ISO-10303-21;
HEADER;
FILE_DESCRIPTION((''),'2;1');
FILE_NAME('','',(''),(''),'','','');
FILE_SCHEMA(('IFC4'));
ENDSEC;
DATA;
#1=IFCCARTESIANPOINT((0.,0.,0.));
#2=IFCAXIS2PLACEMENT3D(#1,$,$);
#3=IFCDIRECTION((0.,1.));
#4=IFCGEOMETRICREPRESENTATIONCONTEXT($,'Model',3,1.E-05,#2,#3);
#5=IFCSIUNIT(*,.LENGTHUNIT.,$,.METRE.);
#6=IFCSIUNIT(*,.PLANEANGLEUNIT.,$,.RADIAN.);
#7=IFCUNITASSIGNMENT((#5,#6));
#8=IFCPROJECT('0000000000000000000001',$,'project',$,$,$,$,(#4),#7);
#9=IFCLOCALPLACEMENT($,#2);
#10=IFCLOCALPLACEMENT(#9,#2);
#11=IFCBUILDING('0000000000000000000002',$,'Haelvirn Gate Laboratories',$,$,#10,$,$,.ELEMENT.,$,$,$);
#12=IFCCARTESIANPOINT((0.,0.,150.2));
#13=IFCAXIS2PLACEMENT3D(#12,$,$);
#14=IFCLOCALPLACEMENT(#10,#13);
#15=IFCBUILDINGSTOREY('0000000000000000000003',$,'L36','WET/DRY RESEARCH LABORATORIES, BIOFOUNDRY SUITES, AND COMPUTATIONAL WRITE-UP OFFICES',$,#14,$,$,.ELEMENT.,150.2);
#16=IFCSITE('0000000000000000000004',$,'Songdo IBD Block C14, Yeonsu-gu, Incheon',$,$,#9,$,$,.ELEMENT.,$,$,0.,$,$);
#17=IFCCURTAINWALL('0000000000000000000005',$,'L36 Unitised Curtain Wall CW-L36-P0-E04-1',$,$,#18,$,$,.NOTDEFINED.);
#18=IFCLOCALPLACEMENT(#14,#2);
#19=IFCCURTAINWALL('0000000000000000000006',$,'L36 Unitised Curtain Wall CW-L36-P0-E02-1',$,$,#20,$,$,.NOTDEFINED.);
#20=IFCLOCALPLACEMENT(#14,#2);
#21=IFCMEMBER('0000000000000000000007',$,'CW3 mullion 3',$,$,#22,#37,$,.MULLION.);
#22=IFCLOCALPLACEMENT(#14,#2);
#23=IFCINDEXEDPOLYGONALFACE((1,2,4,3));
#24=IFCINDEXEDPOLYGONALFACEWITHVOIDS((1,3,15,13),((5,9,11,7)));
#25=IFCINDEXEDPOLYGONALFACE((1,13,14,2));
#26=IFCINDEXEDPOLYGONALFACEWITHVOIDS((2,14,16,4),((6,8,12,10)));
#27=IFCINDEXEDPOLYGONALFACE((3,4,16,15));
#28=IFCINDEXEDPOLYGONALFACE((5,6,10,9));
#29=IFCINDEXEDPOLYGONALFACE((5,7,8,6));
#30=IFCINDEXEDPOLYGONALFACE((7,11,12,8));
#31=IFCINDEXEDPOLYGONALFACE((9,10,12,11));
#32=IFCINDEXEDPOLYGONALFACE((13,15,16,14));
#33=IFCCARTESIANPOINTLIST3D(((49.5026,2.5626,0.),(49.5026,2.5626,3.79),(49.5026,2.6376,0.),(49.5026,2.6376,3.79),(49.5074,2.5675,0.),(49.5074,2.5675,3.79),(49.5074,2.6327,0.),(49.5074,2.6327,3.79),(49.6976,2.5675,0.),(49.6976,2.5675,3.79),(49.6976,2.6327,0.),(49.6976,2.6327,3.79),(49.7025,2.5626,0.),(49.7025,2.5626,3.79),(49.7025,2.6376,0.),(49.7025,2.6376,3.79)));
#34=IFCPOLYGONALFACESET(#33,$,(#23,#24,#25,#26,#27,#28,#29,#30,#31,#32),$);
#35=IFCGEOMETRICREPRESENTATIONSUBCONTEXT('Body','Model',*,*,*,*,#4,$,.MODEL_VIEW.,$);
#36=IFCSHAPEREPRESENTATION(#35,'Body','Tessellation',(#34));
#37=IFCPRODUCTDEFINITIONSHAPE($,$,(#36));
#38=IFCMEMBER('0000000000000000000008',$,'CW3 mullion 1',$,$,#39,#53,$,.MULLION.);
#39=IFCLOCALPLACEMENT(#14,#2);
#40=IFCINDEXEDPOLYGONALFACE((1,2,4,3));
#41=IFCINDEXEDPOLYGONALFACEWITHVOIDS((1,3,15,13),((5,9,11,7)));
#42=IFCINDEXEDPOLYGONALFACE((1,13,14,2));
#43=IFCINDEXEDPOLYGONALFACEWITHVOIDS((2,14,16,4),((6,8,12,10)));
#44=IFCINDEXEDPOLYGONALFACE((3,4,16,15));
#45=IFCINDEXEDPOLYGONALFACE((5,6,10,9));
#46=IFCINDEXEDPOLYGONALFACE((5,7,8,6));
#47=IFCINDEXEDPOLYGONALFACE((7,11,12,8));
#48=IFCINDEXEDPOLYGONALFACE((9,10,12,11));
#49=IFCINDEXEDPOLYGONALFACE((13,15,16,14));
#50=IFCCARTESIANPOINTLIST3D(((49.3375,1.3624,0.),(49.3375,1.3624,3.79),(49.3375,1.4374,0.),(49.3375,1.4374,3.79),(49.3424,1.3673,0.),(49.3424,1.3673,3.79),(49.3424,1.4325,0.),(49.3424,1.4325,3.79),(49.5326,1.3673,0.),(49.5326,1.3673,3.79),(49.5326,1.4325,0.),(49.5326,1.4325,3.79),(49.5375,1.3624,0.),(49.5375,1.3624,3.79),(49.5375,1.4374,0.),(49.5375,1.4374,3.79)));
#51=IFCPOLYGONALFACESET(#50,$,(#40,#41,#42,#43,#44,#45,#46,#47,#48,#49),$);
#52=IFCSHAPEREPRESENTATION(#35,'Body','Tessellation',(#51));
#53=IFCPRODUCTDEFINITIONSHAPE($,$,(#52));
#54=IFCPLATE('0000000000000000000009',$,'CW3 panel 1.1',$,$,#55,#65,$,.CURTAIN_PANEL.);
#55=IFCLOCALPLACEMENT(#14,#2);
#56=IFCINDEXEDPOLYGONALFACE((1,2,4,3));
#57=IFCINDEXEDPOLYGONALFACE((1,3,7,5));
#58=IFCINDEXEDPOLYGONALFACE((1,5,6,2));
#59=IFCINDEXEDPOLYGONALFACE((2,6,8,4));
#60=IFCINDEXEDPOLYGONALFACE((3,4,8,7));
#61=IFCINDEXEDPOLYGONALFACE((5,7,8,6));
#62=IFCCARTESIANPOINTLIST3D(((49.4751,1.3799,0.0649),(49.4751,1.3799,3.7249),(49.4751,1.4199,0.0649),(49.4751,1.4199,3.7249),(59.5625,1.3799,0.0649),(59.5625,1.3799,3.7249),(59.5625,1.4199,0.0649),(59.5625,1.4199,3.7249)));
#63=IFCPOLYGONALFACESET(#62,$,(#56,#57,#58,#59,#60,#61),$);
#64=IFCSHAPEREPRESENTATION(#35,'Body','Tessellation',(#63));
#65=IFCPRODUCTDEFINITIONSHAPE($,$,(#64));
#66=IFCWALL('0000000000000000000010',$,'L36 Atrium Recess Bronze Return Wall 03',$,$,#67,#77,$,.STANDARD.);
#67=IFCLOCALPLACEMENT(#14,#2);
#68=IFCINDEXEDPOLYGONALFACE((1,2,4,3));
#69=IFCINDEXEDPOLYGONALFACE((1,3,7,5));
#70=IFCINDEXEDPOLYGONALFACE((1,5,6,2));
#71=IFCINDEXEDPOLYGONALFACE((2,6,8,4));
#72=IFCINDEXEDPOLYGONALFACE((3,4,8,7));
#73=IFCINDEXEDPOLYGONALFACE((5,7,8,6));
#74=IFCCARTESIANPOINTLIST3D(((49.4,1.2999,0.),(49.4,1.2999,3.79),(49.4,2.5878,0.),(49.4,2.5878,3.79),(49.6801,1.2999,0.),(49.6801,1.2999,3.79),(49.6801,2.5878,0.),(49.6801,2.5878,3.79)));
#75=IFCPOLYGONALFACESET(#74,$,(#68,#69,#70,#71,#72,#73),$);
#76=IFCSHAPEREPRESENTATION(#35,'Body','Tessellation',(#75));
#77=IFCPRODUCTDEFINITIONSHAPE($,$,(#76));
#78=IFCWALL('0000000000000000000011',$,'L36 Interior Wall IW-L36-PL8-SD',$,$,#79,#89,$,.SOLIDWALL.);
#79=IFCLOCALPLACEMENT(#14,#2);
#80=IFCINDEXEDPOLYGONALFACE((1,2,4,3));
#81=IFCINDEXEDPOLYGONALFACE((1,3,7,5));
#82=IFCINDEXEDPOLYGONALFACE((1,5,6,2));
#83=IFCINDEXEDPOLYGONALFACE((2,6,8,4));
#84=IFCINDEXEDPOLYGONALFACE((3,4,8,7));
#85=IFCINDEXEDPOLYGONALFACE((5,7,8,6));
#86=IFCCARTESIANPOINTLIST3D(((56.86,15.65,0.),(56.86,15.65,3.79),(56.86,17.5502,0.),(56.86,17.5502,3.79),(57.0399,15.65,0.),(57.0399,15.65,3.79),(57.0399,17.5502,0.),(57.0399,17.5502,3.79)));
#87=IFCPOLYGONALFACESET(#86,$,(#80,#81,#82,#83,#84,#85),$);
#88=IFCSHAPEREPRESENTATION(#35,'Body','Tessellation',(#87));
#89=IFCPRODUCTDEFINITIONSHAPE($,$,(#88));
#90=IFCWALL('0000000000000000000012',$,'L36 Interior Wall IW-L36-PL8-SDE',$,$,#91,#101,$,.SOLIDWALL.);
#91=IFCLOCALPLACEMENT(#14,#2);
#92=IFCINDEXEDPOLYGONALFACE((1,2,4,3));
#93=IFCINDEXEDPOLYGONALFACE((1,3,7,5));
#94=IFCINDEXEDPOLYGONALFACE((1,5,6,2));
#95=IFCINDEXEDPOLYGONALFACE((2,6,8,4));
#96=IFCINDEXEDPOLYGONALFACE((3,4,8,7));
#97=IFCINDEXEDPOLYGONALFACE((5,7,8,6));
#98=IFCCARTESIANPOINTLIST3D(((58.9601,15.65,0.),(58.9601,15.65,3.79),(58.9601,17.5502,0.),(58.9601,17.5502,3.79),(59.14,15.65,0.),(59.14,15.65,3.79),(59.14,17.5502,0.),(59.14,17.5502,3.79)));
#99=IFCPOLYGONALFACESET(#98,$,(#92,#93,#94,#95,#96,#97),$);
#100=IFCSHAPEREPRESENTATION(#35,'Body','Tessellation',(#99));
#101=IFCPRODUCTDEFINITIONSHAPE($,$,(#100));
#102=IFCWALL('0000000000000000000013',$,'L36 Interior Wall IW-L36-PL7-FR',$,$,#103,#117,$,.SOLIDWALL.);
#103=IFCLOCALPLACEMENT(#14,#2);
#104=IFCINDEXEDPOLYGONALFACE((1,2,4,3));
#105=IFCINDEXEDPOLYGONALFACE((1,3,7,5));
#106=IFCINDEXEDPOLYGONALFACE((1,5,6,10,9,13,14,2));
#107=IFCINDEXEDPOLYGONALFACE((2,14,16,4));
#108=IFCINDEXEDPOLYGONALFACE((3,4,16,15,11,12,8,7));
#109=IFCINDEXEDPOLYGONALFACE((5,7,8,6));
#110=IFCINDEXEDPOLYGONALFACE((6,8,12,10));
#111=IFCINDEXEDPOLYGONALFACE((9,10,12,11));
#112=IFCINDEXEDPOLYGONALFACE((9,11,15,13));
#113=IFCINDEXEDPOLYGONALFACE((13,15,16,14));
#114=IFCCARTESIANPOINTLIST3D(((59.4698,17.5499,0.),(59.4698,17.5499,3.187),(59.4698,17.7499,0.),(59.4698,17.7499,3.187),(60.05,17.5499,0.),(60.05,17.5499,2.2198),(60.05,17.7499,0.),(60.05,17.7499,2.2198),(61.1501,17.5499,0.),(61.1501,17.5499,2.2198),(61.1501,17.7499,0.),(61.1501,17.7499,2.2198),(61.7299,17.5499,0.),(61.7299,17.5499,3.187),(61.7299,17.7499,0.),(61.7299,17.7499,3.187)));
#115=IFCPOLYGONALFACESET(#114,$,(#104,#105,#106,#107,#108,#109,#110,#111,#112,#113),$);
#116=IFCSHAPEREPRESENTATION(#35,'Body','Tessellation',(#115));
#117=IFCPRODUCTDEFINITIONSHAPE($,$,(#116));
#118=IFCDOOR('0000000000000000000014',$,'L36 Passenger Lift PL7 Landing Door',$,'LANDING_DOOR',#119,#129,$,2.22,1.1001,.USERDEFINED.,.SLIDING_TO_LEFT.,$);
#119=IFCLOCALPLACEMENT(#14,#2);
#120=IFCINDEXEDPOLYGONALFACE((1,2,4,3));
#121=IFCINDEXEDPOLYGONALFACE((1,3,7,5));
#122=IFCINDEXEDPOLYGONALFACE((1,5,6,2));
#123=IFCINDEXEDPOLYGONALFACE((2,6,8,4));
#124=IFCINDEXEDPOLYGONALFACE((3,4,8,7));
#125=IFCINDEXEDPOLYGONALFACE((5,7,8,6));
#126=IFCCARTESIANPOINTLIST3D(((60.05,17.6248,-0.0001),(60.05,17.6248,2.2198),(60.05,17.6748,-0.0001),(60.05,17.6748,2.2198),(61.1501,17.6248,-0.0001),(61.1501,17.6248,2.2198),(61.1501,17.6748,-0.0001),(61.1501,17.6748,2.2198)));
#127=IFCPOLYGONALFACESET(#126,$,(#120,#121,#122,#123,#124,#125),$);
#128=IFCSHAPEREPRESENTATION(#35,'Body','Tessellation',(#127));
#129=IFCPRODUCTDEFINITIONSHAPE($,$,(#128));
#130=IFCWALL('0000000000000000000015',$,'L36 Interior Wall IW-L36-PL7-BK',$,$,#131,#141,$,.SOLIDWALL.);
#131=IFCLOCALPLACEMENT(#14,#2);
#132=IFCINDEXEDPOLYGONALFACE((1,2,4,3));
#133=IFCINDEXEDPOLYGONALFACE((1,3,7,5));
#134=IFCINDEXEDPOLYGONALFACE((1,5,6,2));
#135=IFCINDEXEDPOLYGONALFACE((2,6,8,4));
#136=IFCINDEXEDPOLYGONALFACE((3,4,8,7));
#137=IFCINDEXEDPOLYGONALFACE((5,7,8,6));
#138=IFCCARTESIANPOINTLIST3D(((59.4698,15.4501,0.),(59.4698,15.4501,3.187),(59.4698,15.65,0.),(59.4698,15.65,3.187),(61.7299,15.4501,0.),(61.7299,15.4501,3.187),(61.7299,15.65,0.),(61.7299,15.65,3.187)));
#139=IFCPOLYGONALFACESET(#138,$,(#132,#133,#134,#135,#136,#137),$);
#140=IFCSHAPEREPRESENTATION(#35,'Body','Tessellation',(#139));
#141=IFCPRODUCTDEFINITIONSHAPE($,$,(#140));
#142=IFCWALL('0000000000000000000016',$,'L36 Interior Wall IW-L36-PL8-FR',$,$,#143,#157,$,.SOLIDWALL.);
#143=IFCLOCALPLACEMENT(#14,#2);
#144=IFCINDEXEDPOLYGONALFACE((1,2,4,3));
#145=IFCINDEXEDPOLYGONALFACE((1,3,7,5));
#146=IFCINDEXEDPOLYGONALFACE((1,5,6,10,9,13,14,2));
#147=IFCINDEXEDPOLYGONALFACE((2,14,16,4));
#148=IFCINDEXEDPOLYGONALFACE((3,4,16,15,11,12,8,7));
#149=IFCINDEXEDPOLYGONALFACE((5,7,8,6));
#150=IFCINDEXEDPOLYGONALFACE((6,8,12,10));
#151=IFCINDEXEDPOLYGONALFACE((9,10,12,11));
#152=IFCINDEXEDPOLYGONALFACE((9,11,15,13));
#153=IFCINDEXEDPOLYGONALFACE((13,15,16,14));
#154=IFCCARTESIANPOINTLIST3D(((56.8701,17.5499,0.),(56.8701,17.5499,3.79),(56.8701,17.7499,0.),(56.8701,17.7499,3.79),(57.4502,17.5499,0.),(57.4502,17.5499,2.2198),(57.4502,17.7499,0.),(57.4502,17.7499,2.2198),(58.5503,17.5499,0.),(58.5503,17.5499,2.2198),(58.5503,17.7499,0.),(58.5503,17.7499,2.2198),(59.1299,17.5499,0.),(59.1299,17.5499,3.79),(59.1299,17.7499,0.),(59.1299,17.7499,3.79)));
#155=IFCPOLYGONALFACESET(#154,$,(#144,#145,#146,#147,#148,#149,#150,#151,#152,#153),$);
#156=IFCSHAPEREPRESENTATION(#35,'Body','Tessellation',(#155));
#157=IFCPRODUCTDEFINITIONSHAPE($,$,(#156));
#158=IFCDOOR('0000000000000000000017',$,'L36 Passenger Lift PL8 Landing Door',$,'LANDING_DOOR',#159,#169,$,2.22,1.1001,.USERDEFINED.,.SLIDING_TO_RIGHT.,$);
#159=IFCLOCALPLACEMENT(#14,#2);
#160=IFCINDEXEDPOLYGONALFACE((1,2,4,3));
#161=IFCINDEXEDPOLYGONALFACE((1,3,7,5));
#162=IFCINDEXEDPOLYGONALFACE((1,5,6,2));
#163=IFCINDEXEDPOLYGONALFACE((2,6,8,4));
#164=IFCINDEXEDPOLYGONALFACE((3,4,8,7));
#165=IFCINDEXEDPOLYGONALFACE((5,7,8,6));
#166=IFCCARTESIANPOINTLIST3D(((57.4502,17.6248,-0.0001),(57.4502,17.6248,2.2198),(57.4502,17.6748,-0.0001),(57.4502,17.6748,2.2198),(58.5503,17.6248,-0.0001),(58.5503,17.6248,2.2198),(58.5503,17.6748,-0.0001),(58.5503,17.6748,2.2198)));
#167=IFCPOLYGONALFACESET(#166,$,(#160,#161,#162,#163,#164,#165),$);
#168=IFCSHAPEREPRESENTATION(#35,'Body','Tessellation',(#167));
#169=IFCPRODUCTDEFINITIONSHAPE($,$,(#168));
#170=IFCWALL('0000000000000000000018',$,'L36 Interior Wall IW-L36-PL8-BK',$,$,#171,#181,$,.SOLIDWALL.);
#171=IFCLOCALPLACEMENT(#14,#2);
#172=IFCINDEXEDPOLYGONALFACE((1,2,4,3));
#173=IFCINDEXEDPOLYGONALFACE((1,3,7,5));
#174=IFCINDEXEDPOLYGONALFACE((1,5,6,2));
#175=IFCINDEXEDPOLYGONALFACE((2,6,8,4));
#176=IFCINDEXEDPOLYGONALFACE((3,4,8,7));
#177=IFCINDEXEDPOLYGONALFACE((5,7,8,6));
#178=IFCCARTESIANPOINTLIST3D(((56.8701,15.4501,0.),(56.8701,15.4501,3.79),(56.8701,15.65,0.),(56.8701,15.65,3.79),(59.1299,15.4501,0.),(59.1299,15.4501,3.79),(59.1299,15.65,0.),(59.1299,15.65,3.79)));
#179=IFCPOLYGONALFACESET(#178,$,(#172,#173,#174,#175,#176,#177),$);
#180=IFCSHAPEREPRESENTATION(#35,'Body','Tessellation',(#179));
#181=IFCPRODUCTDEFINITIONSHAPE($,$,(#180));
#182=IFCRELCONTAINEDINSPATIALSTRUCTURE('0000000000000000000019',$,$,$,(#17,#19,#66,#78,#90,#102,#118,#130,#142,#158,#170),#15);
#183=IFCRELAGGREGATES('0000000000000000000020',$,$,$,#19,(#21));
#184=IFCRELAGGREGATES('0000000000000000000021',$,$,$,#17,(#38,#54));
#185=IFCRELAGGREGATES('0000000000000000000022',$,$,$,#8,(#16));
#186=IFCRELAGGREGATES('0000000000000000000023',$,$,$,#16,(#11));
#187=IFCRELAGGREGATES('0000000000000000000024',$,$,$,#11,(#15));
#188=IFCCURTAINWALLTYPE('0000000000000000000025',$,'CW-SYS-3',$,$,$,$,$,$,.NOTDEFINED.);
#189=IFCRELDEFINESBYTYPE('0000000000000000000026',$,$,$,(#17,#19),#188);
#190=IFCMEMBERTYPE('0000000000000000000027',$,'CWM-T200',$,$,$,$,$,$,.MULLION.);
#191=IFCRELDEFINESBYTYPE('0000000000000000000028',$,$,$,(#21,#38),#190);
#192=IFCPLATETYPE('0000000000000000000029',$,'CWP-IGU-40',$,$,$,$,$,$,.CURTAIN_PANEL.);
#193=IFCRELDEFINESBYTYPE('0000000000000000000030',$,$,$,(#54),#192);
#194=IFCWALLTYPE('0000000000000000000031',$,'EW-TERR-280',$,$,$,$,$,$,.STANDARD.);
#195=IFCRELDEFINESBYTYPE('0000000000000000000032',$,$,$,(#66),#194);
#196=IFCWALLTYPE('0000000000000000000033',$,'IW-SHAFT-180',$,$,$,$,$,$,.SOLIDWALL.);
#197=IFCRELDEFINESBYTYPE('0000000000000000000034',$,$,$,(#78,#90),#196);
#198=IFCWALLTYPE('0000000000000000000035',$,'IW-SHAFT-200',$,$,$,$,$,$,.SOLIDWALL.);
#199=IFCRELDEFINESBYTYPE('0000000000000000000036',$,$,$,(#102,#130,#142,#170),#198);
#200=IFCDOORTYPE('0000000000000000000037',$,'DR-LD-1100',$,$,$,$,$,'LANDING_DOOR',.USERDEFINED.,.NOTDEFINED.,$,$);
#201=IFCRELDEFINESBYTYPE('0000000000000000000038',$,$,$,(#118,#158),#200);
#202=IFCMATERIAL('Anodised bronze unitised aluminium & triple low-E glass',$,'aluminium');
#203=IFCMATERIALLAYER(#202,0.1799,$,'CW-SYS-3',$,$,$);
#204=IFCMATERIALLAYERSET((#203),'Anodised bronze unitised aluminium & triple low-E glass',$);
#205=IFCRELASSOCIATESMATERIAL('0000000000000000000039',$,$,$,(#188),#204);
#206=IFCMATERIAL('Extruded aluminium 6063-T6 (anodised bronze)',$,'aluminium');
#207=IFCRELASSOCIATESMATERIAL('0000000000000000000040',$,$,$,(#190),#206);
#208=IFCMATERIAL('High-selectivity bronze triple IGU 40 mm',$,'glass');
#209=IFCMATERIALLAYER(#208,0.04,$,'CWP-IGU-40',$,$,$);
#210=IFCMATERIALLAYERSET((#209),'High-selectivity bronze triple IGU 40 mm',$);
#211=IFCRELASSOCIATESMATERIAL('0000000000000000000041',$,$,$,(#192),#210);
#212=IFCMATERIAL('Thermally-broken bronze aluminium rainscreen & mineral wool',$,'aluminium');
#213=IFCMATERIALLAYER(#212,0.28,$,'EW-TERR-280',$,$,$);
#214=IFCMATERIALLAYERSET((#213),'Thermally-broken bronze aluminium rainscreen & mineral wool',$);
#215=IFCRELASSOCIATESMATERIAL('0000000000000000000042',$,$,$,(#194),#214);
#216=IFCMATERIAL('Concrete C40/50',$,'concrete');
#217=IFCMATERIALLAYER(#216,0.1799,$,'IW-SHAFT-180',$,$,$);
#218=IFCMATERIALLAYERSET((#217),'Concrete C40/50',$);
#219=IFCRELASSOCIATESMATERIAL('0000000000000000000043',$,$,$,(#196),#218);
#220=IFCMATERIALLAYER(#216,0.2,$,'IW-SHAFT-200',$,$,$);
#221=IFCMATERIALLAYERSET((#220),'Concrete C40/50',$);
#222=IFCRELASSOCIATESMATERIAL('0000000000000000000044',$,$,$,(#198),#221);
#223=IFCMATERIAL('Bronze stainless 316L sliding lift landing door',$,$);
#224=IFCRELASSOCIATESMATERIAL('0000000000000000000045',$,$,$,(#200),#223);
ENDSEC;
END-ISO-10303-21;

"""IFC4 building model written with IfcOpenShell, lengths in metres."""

from ifc_helpers import new_model, si_unit, direction, frame, frame_2d, origin, origin_2d, place, context, subcontext, project, spatial, rectangle, hollow_rectangle, extrude, source, transform, mapped, material, layer, layer_set, material_profile, profile_set, type_object, type_shapes, element, fill, aggregate, save


model = new_model("IFC4")

# Units and contexts
model_context = context("Model", 3, precision=1e-05, world=origin(), true_north=direction((0.0, 1.0)))
body_context = subcontext(model_context, "Body", "Model", "MODEL_VIEW")
ifc_project = project(units=[si_unit("LENGTHUNIT", "METRE"), si_unit("PLANEANGLEUNIT", "RADIAN")], contexts=[model_context])

# Site, building, storey
site_placement = place(None, origin())
site = spatial("IfcSite", under=ifc_project, at=site_placement, Name="Songdo IBD Block C14, Yeonsu-gu, Incheon", CompositionType="ELEMENT", RefElevation=0.0)
building_placement = place(site_placement, origin())
building = spatial("IfcBuilding", under=site, at=building_placement, Name="Haelvirn Gate Laboratories", CompositionType="ELEMENT")
storey_placement = place(building_placement, frame((0.0, 0.0, 150.2)))
storey = spatial("IfcBuildingStorey", under=building, at=storey_placement, Name="L36", Description="WET/DRY RESEARCH LABORATORIES, BIOFOUNDRY SUITES, AND COMPUTATIONAL WRITE-UP OFFICES", CompositionType="ELEMENT", Elevation=150.2)

# Curtain wall
ifc_material_1 = material(Name="Anodised bronze unitised aluminium & triple low-E glass", Category="aluminium")
ifc_layer_1 = layer(ifc_material_1, 0.1799, Name="CW-SYS-3")
ifc_layer_set_1 = layer_set([ifc_layer_1], Name="Anodised bronze unitised aluminium & triple low-E glass")
curtain_wall_type = type_object("IfcCurtainWallType", Name="CW-SYS-3", PredefinedType="NOTDEFINED", material=ifc_layer_set_1)
curtain_wall_1_placement = place(storey_placement, origin())
curtain_wall_1 = element("IfcCurtainWall", 1, at=curtain_wall_1_placement, inside=storey, type_object=curtain_wall_type, Name="L36 Unitised Curtain Wall CW-L36-P0-E04-1", PredefinedType="NOTDEFINED")
ifc_material_2 = material(Name="Extruded aluminium 6063-T6 (anodised bronze)", Category="aluminium")

# Curtain wall, member
curtain_wall_2_placement = place(storey_placement, origin())
curtain_wall_2 = element("IfcCurtainWall", 2, at=curtain_wall_2_placement, inside=storey, type_object=curtain_wall_type, Name="L36 Unitised Curtain Wall CW-L36-P0-E02-1", PredefinedType="NOTDEFINED")
ifc_material_profile_1 = material_profile(ifc_material_2, hollow_rectangle(XDim=0.075, YDim=0.2, WallThickness=0.0049, at=origin_2d()), Name="CWM-200x75x5")
ifc_profile_set_1 = profile_set([ifc_material_profile_1], Name="Extruded aluminium 6063-T6 (anodised bronze)")
member_type_1 = type_object("IfcMemberType", Name="CWM-T200", PredefinedType="MULLION", material=ifc_profile_set_1)
shared_shape_1 = source(origin(), body_context, "Body", "SweptSolid", [
    extrude(hollow_rectangle(XDim=0.075, YDim=0.2, WallThickness=0.0049, at=origin_2d()), origin(), (0.0, 0.0, 1.0), 3.79),
])
type_shapes(member_type_1, [shared_shape_1])
member_1_placement = place(storey_placement, frame((49.6025, 2.6001, 0.0), z_axis=(0.0, 0.0, 1.0), x_axis=(0.0, 1.0, 0.0)))
member_1 = element("IfcMember", 3, at=member_1_placement, type_object=member_type_1, Name="CW3 mullion 3", PredefinedType="MULLION", context=body_context, shape_type="MappedRepresentation", body=[
    mapped(shared_shape_1, transform((0.0, 0.0, 0.0), scale=1.0)),
])
aggregate(curtain_wall_2, [member_1])

# Member
member_2_placement = place(storey_placement, frame((49.4375, 1.3999, 0.0), z_axis=(0.0, 0.0, 1.0), x_axis=(0.0, 1.0, 0.0)))
member_2 = element("IfcMember", 4, at=member_2_placement, type_object=member_type_1, Name="CW3 mullion 1", PredefinedType="MULLION", context=body_context, shape_type="MappedRepresentation", body=[
    mapped(shared_shape_1, transform((0.0, 0.0, 0.0), scale=1.0)),
])

# Plate
ifc_material_3 = material(Name="High-selectivity bronze triple IGU 40 mm", Category="glass")
ifc_layer_2 = layer(ifc_material_3, 0.04, Name="CWP-IGU-40")
ifc_layer_set_2 = layer_set([ifc_layer_2], Name="High-selectivity bronze triple IGU 40 mm")
plate_type = type_object("IfcPlateType", Name="CWP-IGU-40", PredefinedType="CURTAIN_PANEL", material=ifc_layer_set_2)
shared_shape_2 = source(origin(), body_context, "Body", "SweptSolid", [
    extrude(rectangle(XDim=10.0874, YDim=0.04, at=origin_2d()), origin(), (0.0, 0.0, 1.0), 3.6599),
])
type_shapes(plate_type, [shared_shape_2])
plate_placement = place(storey_placement, frame((54.5188, 1.3999, 0.0649), z_axis=(0.0, 0.0, 1.0), x_axis=(1.0, 0.0, 0.0)))
plate = element("IfcPlate", 5, at=plate_placement, type_object=plate_type, Name="CW3 panel 1.1", PredefinedType="CURTAIN_PANEL", context=body_context, shape_type="MappedRepresentation", body=[
    mapped(shared_shape_2, transform((0.0, 0.0, 0.0), scale=1.0)),
])
aggregate(curtain_wall_1, [member_2, plate])

# Walls
ifc_material_4 = material(Name="Thermally-broken bronze aluminium rainscreen & mineral wool", Category="aluminium")
ifc_layer_3 = layer(ifc_material_4, 0.28, Name="EW-TERR-280")
ifc_layer_set_3 = layer_set([ifc_layer_3], Name="Thermally-broken bronze aluminium rainscreen & mineral wool")
wall_type_1 = type_object("IfcWallType", Name="EW-TERR-280", PredefinedType="STANDARD", material=ifc_layer_set_3)
wall_1_placement = place(storey_placement, frame((49.54, 2.5879, 0.0), z_axis=(0.0, 0.0, 1.0), x_axis=(0.0, -1.0, 0.0)))
element("IfcWall", 6, at=wall_1_placement, inside=storey, type_object=wall_type_1, Name="L36 Atrium Recess Bronze Return Wall 03", PredefinedType="STANDARD", context=body_context, shape_type="SweptSolid", body=[
    extrude(rectangle(XDim=1.2878, YDim=0.28, at=frame_2d((0.644, 0.0))), origin(), (0.0, 0.0, 1.0), 3.79),
])
ifc_material_5 = material(Name="Concrete C40/50", Category="concrete")
ifc_layer_4 = layer(ifc_material_5, 0.1799, Name="IW-SHAFT-180")
ifc_layer_set_4 = layer_set([ifc_layer_4], Name="Concrete C40/50")
wall_type_2 = type_object("IfcWallType", Name="IW-SHAFT-180", PredefinedType="SOLIDWALL", material=ifc_layer_set_4)
for number, where, z_axis, x_axis, name in (
    (7, (56.95, 15.6499, 0.0), (0.0, 0.0, 1.0), (0.0, 1.0, 0.0), "L36 Interior Wall IW-L36-PL8-SD"),
    (8, (59.05, 15.6499, 0.0), (0.0, 0.0, 1.0), (0.0, 1.0, 0.0), "L36 Interior Wall IW-L36-PL8-SDE"),
):
    element("IfcWall", number, at=place(storey_placement, frame(where, z_axis=z_axis, x_axis=x_axis)), inside=storey, type_object=wall_type_2, Name=name, PredefinedType="SOLIDWALL", context=body_context, shape_type="SweptSolid", body=[
        extrude(rectangle(XDim=1.9001, YDim=0.1799, at=frame_2d((0.9502, 0.0))), origin(), (0.0, 0.0, 1.0), 3.79),
    ])

# Wall, opening, door
ifc_layer_5 = layer(ifc_material_5, 0.2, Name="IW-SHAFT-200")
ifc_layer_set_5 = layer_set([ifc_layer_5], Name="Concrete C40/50")
wall_type_3 = type_object("IfcWallType", Name="IW-SHAFT-200", PredefinedType="SOLIDWALL", material=ifc_layer_set_5)
wall_2_placement = place(storey_placement, frame((59.47, 17.6499, 0.0), z_axis=(0.0, 0.0, 1.0), x_axis=(1.0, 0.0, 0.0)))
wall_2 = element("IfcWall", 9, at=wall_2_placement, inside=storey, type_object=wall_type_3, Name="L36 Interior Wall IW-L36-PL7-FR", PredefinedType="SOLIDWALL", context=body_context, shape_type="SweptSolid", body=[
    extrude(rectangle(XDim=2.26, YDim=0.2, at=frame_2d((1.1299, 0.0))), origin(), (0.0, 0.0, 1.0), 3.187),
])
opening_1_placement = place(wall_2_placement, frame((0.5801, 0.0, 0.0)))
opening_1 = element("IfcOpeningElement", 10, at=opening_1_placement, cuts=wall_2, PredefinedType="OPENING", context=body_context, shape_type="SweptSolid", body=[
    extrude(rectangle(XDim=1.1001, YDim=2.22, at=frame_2d((0.55, 1.1099))), frame((0.0, 0.1099, 0.0), z_axis=(0.0, -1.0, 0.0), x_axis=(1.0, 0.0, 0.0)), (0.0, 0.0, 1.0), 0.22),
])
ifc_material_6 = material(Name="Bronze stainless 316L sliding lift landing door")
door_type_1 = type_object("IfcDoorType", Name="DR-LD-1100", ElementType="LANDING_DOOR", OperationType="NOTDEFINED", PredefinedType="USERDEFINED", material=ifc_material_6)
shared_shape_3 = source(origin(), body_context, "Body", "SweptSolid", [
    extrude(rectangle(XDim=1.1001, YDim=2.22, at=frame_2d((0.55, 1.1099))), frame((0.0, 0.0249, 0.0), z_axis=(0.0, -1.0, 0.0), x_axis=(1.0, 0.0, 0.0)), (0.0, 0.0, 1.0), 0.05),
])
type_shapes(door_type_1, [shared_shape_3])
door_1_placement = place(opening_1_placement, origin())
door_1 = element("IfcDoor", 11, at=door_1_placement, inside=storey, type_object=door_type_1, Name="L36 Passenger Lift PL7 Landing Door", ObjectType="LANDING_DOOR", OperationType="SLIDING_TO_LEFT", OverallHeight=2.22, OverallWidth=1.1001, PredefinedType="USERDEFINED", context=body_context, shape_type="MappedRepresentation", body=[
    mapped(shared_shape_3, transform((0.0, 0.0, 0.0), scale=1.0)),
])
fill(opening_1, door_1)

# Wall
wall_3_placement = place(storey_placement, frame((59.47, 15.55, 0.0), z_axis=(0.0, 0.0, 1.0), x_axis=(1.0, 0.0, 0.0)))
element("IfcWall", 12, at=wall_3_placement, inside=storey, type_object=wall_type_3, Name="L36 Interior Wall IW-L36-PL7-BK", PredefinedType="SOLIDWALL", context=body_context, shape_type="SweptSolid", body=[
    extrude(rectangle(XDim=2.26, YDim=0.2, at=frame_2d((1.1299, 0.0))), origin(), (0.0, 0.0, 1.0), 3.187),
])

# Wall, opening, door
wall_4_placement = place(storey_placement, frame((56.8701, 17.6499, 0.0), z_axis=(0.0, 0.0, 1.0), x_axis=(1.0, 0.0, 0.0)))
wall_4 = element("IfcWall", 13, at=wall_4_placement, inside=storey, type_object=wall_type_3, Name="L36 Interior Wall IW-L36-PL8-FR", PredefinedType="SOLIDWALL", context=body_context, shape_type="SweptSolid", body=[
    extrude(rectangle(XDim=2.2598, YDim=0.2, at=frame_2d((1.1299, 0.0))), origin(), (0.0, 0.0, 1.0), 3.79),
])
opening_2_placement = place(wall_4_placement, frame((0.5801, 0.0, 0.0)))
opening_2 = element("IfcOpeningElement", 14, at=opening_2_placement, cuts=wall_4, PredefinedType="OPENING", context=body_context, shape_type="SweptSolid", body=[
    extrude(rectangle(XDim=1.1001, YDim=2.22, at=frame_2d((0.55, 1.1099))), frame((0.0, 0.1099, 0.0), z_axis=(0.0, -1.0, 0.0), x_axis=(1.0, 0.0, 0.0)), (0.0, 0.0, 1.0), 0.22),
])
door_2_placement = place(opening_2_placement, origin())
door_2 = element("IfcDoor", 15, at=door_2_placement, inside=storey, type_object=door_type_1, Name="L36 Passenger Lift PL8 Landing Door", ObjectType="LANDING_DOOR", OperationType="SLIDING_TO_RIGHT", OverallHeight=2.22, OverallWidth=1.1001, PredefinedType="USERDEFINED", context=body_context, shape_type="MappedRepresentation", body=[
    mapped(shared_shape_3, transform((0.0, 0.0, 0.0), scale=1.0)),
])
fill(opening_2, door_2)

# Wall
wall_5_placement = place(storey_placement, frame((56.8701, 15.55, 0.0), z_axis=(0.0, 0.0, 1.0), x_axis=(1.0, 0.0, 0.0)))
element("IfcWall", 16, at=wall_5_placement, inside=storey, type_object=wall_type_3, Name="L36 Interior Wall IW-L36-PL8-BK", PredefinedType="SOLIDWALL", context=body_context, shape_type="SweptSolid", body=[
    extrude(rectangle(XDim=2.2598, YDim=0.2, at=frame_2d((1.1299, 0.0))), origin(), (0.0, 0.0, 1.0), 3.79),
])

save(model, "model.ifc")
